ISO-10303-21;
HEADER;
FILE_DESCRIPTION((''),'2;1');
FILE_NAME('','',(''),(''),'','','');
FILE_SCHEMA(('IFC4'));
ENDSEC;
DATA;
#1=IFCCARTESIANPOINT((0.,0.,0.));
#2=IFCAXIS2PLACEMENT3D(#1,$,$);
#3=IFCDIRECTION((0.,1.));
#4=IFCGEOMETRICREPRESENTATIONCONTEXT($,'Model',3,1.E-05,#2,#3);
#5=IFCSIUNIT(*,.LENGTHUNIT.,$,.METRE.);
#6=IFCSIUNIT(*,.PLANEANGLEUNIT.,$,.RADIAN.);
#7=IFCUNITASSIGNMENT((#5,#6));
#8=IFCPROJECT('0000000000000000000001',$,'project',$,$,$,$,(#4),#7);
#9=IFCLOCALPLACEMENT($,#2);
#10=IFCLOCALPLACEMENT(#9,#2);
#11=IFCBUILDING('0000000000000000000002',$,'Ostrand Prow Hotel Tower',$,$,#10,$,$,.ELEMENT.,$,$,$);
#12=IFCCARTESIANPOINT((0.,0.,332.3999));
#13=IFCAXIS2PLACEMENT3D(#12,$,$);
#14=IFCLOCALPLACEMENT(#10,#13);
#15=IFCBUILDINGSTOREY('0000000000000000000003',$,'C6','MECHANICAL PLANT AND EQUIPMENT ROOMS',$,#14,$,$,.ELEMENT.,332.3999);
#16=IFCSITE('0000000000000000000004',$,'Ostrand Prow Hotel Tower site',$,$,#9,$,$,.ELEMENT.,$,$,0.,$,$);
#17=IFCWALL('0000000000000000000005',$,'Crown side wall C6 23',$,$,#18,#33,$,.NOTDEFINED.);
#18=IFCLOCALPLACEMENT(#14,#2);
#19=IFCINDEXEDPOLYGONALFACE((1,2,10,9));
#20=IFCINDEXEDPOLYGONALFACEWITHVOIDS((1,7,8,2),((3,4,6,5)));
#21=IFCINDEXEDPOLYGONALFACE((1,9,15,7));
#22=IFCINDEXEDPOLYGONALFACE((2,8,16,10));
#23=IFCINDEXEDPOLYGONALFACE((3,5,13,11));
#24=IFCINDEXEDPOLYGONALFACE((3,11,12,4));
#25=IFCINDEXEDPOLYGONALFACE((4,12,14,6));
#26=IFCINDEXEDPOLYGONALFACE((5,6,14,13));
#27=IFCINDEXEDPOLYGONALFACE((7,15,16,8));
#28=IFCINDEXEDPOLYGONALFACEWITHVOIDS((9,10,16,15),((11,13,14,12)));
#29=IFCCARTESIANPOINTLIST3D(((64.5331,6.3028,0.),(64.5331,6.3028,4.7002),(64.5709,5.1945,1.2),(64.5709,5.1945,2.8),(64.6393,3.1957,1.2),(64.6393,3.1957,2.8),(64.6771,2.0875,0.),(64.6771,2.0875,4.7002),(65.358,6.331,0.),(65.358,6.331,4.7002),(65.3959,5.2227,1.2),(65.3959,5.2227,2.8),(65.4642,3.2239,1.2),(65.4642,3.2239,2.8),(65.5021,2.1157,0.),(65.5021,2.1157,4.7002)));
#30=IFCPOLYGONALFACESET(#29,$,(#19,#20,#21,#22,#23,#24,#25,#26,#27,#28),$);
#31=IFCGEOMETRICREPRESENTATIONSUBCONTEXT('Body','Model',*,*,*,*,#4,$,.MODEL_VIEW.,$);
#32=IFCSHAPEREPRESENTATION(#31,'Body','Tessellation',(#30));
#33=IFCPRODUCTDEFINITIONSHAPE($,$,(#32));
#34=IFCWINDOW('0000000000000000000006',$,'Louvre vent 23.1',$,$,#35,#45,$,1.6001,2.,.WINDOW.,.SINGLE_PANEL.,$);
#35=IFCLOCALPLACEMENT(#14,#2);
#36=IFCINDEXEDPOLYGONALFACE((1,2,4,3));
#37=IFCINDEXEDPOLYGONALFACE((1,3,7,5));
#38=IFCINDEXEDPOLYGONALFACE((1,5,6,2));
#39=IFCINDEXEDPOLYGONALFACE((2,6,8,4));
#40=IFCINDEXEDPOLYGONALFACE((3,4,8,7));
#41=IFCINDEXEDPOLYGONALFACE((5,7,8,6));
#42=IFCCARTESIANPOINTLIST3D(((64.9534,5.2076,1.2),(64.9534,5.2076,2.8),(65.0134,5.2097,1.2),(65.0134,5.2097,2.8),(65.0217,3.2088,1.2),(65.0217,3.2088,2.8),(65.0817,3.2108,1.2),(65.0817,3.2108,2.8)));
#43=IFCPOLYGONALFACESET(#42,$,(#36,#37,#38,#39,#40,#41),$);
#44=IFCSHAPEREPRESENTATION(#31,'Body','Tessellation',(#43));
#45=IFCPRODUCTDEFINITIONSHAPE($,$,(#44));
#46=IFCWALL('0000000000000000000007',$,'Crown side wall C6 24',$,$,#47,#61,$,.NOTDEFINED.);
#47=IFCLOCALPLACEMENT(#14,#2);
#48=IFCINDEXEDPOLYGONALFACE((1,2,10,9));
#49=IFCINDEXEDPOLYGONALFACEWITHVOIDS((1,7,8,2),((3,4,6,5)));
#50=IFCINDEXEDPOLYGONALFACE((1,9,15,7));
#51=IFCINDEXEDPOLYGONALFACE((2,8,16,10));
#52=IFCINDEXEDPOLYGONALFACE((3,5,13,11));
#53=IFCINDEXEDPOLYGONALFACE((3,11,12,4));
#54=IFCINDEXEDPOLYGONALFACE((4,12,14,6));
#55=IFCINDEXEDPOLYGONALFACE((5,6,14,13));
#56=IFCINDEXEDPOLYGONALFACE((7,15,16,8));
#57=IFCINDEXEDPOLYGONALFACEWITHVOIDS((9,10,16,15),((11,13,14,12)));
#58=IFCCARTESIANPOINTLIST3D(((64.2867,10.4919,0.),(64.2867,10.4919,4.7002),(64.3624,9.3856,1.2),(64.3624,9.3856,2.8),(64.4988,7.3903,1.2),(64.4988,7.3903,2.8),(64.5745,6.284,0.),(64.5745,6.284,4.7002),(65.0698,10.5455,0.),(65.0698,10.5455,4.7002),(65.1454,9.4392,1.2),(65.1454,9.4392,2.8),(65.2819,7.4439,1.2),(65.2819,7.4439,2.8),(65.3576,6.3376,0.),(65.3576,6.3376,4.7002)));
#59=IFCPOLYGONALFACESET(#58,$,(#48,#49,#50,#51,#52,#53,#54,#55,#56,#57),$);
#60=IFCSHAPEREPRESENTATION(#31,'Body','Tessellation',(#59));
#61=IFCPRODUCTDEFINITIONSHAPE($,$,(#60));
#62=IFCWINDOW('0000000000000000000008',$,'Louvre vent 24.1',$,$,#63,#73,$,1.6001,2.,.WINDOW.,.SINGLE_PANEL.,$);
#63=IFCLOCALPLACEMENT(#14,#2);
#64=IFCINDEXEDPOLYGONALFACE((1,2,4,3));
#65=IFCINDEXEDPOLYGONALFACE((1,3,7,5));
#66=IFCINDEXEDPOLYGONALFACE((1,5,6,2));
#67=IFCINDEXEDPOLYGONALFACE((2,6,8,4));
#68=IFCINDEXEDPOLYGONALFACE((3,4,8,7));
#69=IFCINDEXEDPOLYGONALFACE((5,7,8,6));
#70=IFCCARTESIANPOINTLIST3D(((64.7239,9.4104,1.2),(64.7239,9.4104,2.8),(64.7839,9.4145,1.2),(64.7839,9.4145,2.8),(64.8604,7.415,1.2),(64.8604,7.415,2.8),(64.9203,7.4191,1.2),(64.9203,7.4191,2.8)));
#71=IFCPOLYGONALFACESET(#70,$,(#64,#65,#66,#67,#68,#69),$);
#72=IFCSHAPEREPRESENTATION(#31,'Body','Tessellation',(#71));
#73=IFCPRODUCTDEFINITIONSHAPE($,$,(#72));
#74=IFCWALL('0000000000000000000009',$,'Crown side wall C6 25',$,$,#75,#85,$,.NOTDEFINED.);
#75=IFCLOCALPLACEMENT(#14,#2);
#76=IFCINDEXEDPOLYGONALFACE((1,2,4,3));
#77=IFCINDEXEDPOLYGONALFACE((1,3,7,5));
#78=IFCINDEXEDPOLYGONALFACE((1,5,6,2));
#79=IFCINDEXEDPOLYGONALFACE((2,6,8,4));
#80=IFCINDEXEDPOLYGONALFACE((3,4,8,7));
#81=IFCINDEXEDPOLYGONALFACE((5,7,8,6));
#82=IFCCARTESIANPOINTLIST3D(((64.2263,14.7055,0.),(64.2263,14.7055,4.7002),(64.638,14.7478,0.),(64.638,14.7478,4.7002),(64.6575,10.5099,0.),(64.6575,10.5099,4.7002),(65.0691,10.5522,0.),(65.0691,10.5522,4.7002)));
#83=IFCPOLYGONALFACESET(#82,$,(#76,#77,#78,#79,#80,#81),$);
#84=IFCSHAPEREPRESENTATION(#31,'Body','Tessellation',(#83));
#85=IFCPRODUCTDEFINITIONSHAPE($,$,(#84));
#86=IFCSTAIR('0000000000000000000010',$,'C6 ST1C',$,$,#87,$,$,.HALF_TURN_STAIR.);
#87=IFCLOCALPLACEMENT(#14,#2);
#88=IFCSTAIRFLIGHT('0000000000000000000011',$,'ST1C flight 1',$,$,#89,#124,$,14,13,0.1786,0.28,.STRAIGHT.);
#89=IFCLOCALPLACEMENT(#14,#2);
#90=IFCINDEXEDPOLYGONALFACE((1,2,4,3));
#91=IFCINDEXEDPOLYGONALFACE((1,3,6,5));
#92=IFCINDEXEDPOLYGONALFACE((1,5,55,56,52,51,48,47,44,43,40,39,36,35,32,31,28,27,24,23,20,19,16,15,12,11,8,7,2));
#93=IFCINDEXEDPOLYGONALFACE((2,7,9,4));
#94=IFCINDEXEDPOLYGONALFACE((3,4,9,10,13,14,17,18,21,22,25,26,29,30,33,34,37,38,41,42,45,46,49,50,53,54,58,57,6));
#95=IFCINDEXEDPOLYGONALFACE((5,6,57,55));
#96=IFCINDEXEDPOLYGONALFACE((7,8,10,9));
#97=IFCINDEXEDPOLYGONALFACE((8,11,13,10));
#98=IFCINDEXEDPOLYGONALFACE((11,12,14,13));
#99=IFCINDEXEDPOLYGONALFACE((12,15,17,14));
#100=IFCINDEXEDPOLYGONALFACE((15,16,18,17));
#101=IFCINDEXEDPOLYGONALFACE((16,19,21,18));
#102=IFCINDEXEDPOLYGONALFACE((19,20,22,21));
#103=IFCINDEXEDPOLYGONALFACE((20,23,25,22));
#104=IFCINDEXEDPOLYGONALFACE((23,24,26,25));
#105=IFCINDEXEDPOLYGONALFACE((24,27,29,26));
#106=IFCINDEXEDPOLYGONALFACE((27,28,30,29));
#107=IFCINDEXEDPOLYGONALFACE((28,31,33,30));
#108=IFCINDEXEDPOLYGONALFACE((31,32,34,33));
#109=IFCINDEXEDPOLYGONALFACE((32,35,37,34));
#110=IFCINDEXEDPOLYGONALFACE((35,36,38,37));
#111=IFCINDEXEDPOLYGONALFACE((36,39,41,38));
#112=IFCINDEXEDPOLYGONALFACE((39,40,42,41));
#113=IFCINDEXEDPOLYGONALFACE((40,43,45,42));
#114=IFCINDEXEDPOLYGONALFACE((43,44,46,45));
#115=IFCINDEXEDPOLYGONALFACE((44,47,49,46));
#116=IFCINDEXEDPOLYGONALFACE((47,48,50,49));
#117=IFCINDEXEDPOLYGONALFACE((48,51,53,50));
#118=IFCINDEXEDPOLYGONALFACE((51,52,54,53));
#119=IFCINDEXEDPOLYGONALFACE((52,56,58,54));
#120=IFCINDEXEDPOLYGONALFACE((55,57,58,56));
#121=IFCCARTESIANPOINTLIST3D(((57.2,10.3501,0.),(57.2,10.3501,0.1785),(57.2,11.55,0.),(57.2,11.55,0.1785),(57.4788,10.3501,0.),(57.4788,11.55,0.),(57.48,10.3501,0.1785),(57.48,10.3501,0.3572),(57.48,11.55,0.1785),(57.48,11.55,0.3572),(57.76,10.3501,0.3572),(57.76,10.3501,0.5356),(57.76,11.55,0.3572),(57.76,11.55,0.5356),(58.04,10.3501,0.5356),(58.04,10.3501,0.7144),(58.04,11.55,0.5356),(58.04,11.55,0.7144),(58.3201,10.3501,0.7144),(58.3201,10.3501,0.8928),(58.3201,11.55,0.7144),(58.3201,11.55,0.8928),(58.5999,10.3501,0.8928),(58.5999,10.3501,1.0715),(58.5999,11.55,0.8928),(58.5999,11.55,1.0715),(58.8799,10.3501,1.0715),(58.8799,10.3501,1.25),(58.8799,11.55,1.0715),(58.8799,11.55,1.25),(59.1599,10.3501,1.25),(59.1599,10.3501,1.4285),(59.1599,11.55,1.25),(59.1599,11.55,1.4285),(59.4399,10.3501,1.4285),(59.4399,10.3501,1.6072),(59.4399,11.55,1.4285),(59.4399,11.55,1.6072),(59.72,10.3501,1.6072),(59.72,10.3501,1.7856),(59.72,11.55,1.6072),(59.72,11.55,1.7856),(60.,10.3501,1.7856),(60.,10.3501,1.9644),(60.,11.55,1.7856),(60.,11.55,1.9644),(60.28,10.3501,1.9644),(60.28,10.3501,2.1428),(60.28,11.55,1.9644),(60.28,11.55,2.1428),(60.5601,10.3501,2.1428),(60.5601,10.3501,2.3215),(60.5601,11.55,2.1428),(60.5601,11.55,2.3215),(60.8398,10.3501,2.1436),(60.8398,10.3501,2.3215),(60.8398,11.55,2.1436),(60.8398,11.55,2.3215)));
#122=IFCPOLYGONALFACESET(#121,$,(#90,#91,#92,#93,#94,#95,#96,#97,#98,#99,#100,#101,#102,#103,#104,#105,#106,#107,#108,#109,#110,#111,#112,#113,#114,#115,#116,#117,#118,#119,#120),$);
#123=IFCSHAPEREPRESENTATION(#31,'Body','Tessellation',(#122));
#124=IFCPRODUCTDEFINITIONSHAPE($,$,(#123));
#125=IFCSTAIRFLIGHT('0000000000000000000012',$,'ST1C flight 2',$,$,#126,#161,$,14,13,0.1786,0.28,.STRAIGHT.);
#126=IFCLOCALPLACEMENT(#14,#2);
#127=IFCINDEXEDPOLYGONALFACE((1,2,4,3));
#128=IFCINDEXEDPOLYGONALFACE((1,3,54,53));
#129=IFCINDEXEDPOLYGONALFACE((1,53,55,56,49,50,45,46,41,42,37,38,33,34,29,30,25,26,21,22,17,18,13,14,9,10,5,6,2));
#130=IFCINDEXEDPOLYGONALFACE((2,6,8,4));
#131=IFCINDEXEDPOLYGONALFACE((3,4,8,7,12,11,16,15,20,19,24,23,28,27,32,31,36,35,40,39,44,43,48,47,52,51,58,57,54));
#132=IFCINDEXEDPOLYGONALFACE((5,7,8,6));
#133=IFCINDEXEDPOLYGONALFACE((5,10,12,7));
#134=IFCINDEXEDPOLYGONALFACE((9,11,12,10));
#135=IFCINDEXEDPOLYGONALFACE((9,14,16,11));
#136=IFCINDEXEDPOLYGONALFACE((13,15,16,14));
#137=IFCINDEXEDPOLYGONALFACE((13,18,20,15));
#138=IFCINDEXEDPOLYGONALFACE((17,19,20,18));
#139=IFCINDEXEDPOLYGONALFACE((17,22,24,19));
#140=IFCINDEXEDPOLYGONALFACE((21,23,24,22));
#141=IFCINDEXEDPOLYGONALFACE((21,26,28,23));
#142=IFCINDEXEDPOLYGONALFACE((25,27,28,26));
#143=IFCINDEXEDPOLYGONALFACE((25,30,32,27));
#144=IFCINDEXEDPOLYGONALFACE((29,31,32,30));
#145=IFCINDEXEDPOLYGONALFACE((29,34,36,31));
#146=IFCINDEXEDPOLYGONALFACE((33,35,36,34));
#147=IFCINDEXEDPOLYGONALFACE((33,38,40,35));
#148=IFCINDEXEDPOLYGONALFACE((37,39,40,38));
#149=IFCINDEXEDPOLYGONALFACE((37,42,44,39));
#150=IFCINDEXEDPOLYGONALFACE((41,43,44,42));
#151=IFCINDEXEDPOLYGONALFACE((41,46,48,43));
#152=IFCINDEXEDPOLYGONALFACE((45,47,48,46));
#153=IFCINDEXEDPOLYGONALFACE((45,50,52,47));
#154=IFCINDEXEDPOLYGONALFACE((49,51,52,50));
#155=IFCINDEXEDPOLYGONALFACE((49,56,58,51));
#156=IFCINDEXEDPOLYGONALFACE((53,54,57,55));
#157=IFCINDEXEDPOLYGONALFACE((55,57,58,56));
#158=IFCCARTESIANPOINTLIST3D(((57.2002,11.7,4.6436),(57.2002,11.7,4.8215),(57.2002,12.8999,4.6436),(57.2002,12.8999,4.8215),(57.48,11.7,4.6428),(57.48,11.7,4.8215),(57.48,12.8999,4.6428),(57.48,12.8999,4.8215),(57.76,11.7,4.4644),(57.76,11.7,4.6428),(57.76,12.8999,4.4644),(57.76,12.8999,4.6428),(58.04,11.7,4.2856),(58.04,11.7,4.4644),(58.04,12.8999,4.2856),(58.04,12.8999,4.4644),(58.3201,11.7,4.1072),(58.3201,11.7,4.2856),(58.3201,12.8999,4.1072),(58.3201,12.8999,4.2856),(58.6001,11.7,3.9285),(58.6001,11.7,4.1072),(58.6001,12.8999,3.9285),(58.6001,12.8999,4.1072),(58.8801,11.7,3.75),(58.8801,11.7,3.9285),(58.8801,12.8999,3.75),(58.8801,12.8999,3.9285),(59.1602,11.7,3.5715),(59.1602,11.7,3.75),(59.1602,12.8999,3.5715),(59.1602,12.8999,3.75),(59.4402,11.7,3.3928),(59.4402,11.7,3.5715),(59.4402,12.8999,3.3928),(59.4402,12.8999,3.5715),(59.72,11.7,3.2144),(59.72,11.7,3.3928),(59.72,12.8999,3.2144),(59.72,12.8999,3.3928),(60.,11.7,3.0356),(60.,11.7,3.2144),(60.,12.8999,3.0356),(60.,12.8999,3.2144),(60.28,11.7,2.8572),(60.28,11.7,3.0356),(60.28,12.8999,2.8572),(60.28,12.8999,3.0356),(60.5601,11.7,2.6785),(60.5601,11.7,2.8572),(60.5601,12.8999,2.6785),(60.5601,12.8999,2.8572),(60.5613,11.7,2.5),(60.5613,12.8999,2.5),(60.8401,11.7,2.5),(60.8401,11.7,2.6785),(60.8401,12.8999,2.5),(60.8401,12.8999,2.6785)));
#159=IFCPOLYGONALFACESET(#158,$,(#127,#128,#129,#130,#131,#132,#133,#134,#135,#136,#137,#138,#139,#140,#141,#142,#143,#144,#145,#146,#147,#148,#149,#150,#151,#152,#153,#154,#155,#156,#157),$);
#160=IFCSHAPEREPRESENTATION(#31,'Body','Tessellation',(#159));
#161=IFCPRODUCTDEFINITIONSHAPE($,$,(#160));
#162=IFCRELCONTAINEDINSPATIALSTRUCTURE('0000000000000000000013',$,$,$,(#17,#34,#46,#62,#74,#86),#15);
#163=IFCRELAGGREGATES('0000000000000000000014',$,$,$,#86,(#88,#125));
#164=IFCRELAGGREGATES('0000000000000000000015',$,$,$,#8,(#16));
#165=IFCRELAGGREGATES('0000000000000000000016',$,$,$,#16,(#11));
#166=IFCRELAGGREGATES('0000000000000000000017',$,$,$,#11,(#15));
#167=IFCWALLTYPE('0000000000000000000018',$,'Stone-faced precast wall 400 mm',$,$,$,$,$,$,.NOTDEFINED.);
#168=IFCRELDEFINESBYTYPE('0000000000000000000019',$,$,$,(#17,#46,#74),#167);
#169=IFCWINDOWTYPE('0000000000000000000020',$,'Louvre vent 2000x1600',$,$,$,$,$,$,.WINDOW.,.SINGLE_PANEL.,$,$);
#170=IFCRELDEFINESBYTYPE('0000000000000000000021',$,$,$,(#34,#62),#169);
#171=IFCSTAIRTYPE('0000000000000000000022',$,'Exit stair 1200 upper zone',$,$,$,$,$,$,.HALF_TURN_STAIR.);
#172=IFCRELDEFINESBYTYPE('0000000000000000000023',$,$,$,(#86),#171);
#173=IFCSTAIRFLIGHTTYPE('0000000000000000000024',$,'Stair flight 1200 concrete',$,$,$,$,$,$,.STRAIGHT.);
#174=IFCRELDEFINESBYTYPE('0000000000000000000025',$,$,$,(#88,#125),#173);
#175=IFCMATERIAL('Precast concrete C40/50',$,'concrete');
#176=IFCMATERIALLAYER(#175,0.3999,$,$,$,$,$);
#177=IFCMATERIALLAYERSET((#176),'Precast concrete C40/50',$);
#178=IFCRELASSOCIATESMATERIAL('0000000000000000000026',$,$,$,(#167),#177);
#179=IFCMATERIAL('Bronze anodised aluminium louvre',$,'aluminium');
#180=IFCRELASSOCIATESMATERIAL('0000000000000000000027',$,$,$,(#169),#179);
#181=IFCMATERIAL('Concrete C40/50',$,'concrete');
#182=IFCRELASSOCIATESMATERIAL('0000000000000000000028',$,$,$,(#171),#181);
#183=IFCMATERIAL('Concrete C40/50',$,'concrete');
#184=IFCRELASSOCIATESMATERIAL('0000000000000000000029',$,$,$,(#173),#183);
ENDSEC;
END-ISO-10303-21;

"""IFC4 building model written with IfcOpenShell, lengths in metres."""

from ifc_helpers import new_model, si_unit, direction, frame, frame_2d, origin, place, context, subcontext, project, spatial, polyline, rectangle, outline, extrude, material, layer, layer_set, type_object, element, fill, aggregate, save


model = new_model("IFC4")

# Units and contexts
model_context = context("Model", 3, precision=1e-05, world=origin(), true_north=direction((0.0, 1.0)))
body_context = subcontext(model_context, "Body", "Model", "MODEL_VIEW")
ifc_project = project(units=[si_unit("LENGTHUNIT", "METRE"), si_unit("PLANEANGLEUNIT", "RADIAN")], contexts=[model_context])

# Site, building, storey
site_placement = place(None, origin())
site = spatial("IfcSite", under=ifc_project, at=site_placement, Name="Ostrand Prow Hotel Tower site", CompositionType="ELEMENT", RefElevation=0.0)
building_placement = place(site_placement, origin())
building = spatial("IfcBuilding", under=site, at=building_placement, Name="Ostrand Prow Hotel Tower", CompositionType="ELEMENT")
storey_placement = place(building_placement, frame((0.0, 0.0, 332.3999)))
storey = spatial("IfcBuildingStorey", under=building, at=storey_placement, Name="C6", Description="MECHANICAL PLANT AND EQUIPMENT ROOMS", CompositionType="ELEMENT", Elevation=332.3999)

# Walls, openings, windows
ifc_material_1 = material(Name="Precast concrete C40/50", Category="concrete")
ifc_layer_1 = layer(ifc_material_1, 0.3999)
ifc_layer_set_1 = layer_set([ifc_layer_1], Name="Precast concrete C40/50")
wall_type_1 = type_object("IfcWallType", Name="Stone-faced precast wall 400 mm", PredefinedType="NOTDEFINED", material=ifc_layer_set_1)
wall_1_placement = place(storey_placement, frame((65.0896, 2.1016, 0.0), z_axis=(0.0, 0.0, 1.0), x_axis=(-0.034151, 0.999417, 0.0)))
wall_1 = element("IfcWall", 1, at=wall_1_placement, inside=storey, type_object=wall_type_1, Name="Crown side wall C6 23", PredefinedType="NOTDEFINED", context=body_context, shape_type="SweptSolid", body=[
    extrude(rectangle(XDim=4.2178, YDim=0.8254, at=frame_2d((2.1089, 0.0))), origin(), (0.0, 0.0, 1.0), 4.7002),
])
opening_1_placement = place(wall_1_placement, frame((1.1089, 0.0, 1.2)))
opening_1 = element("IfcOpeningElement", 2, at=opening_1_placement, cuts=wall_1, PredefinedType="OPENING", context=body_context, shape_type="SweptSolid", body=[
    extrude(rectangle(XDim=2.0, YDim=1.6001, at=frame_2d((1.0, 0.8))), frame((0.0, 0.4226, 0.0), z_axis=(0.0, -1.0, 0.0), x_axis=(1.0, 0.0, 0.0)), (0.0, 0.0, 1.0), 0.8455),
])
ifc_material_2 = material(Name="Bronze anodised aluminium louvre", Category="aluminium")
window_type = type_object("IfcWindowType", Name="Louvre vent 2000x1600", PartitioningType="SINGLE_PANEL", PredefinedType="WINDOW", material=ifc_material_2)
window_1_placement = place(opening_1_placement, origin())
window_1 = element("IfcWindow", 3, at=window_1_placement, inside=storey, type_object=window_type, Name="Louvre vent 23.1", OverallHeight=1.6001, OverallWidth=2.0, PartitioningType="SINGLE_PANEL", PredefinedType="WINDOW", context=body_context, shape_type="SweptSolid", body=[
    extrude(rectangle(XDim=2.0, YDim=1.6001, at=frame_2d((1.0, 0.8))), frame((0.0, 0.03, 0.0), z_axis=(0.0, -1.0, 0.0), x_axis=(1.0, 0.0, 0.0)), (0.0, 0.0, 1.0), 0.0601),
])
fill(opening_1, window_1)
wall_2_placement = place(storey_placement, frame((64.9661, 6.3108, 0.0), z_axis=(0.0, 0.0, 1.0), x_axis=(-0.068244, 0.997669, 0.0)))
wall_2 = element("IfcWall", 4, at=wall_2_placement, inside=storey, type_object=wall_type_1, Name="Crown side wall C6 24", PredefinedType="NOTDEFINED", context=body_context, shape_type="SweptSolid", body=[
    extrude(rectangle(XDim=4.2178, YDim=0.7849, at=frame_2d((2.1089, 0.0))), origin(), (0.0, 0.0, 1.0), 4.7002),
])
opening_2_placement = place(wall_2_placement, frame((1.1089, 0.0, 1.2)))
opening_2 = element("IfcOpeningElement", 5, at=opening_2_placement, cuts=wall_2, PredefinedType="OPENING", context=body_context, shape_type="SweptSolid", body=[
    extrude(rectangle(XDim=2.0, YDim=1.6001, at=frame_2d((1.0, 0.8))), frame((0.0, 0.4023, 0.0), z_axis=(0.0, -1.0, 0.0), x_axis=(1.0, 0.0, 0.0)), (0.0, 0.0, 1.0), 0.8049),
])
window_2_placement = place(opening_2_placement, origin())
window_2 = element("IfcWindow", 6, at=window_2_placement, inside=storey, type_object=window_type, Name="Louvre vent 24.1", OverallHeight=1.6001, OverallWidth=2.0, PartitioningType="SINGLE_PANEL", PredefinedType="WINDOW", context=body_context, shape_type="SweptSolid", body=[
    extrude(rectangle(XDim=2.0, YDim=1.6001, at=frame_2d((1.0, 0.8))), frame((0.0, 0.03, 0.0), z_axis=(0.0, -1.0, 0.0), x_axis=(1.0, 0.0, 0.0)), (0.0, 0.0, 1.0), 0.0601),
])
fill(opening_2, window_2)

# Wall
wall_3_placement = place(storey_placement, frame((64.8633, 10.531, 0.0), z_axis=(0.0, 0.0, 1.0), x_axis=(-0.10222, 0.994762, 0.0)))
element("IfcWall", 7, at=wall_3_placement, inside=storey, type_object=wall_type_1, Name="Crown side wall C6 25", PredefinedType="NOTDEFINED", context=body_context, shape_type="SweptSolid", body=[
    extrude(rectangle(XDim=4.2178, YDim=0.4138, at=frame_2d((2.1089, 0.0))), origin(), (0.0, 0.0, 1.0), 4.7002),
])

# Stair, stair flights
ifc_material_3 = material(Name="Concrete C40/50", Category="concrete")
stair_type = type_object("IfcStairType", Name="Exit stair 1200 upper zone", PredefinedType="HALF_TURN_STAIR", material=ifc_material_3)
stair_placement = place(storey_placement, origin())
stair = element("IfcStair", 8, at=stair_placement, inside=storey, type_object=stair_type, Name="C6 ST1C", PredefinedType="HALF_TURN_STAIR")
ifc_material_4 = material(Name="Concrete C40/50", Category="concrete")
stair_flight_type = type_object("IfcStairFlightType", Name="Stair flight 1200 concrete", PredefinedType="STRAIGHT", material=ifc_material_4)
stair_flight_1_placement = place(storey_placement, frame((57.2, 10.95, 0.0), z_axis=(0.0, 0.0, 1.0), x_axis=(1.0, 0.0, 0.0)))
stair_flight_1 = element("IfcStairFlight", 9, at=stair_flight_1_placement, type_object=stair_flight_type, Name="ST1C flight 1", NumberOfRisers=14, NumberOfTreads=13, PredefinedType="STRAIGHT", RiserHeight=0.1786, TreadLength=0.28, context=body_context, shape_type="SweptSolid", body=[
    extrude(outline(polyline([(0.0, 0.0), (0.0, 0.1785), (0.28, 0.1785), (0.28, 0.3572), (0.5601, 0.3572), (0.5601, 0.5356), (0.8401, 0.5356), (0.8401, 0.7144), (1.1201, 0.7144), (1.1201, 0.8928), (1.3999, 0.8928), (1.3999, 1.0715), (1.6799, 1.0715), (1.6799, 1.25), (1.96, 1.25), (1.96, 1.4285), (2.24, 1.4285), (2.24, 1.6072), (2.52, 1.6072), (2.52, 1.7856), (2.8, 1.7856), (2.8, 1.9644), (3.0801, 1.9644), (3.0801, 2.1428), (3.3601, 2.1428), (3.3601, 2.3215), (3.6399, 2.3215), (3.6399, 2.5), (3.6399, 2.1436), (0.2788, 0.0), (0.0, 0.0)])), frame((0.0, 0.6001, 0.0), z_axis=(0.0, -1.0, 0.0), x_axis=(1.0, 0.0, 0.0)), (0.0, 0.0, 1.0), 1.2),
])
stair_flight_2_placement = place(storey_placement, frame((60.8401, 12.3, 2.5), z_axis=(0.0, 0.0, 1.0), x_axis=(-1.0, 0.0, 0.0)))
stair_flight_2 = element("IfcStairFlight", 10, at=stair_flight_2_placement, type_object=stair_flight_type, Name="ST1C flight 2", NumberOfRisers=14, NumberOfTreads=13, PredefinedType="STRAIGHT", RiserHeight=0.1786, TreadLength=0.28, context=body_context, shape_type="SweptSolid", body=[
    extrude(outline(polyline([(0.0, 0.0), (0.0, 0.1785), (0.28, 0.1785), (0.28, 0.3572), (0.5601, 0.3572), (0.5601, 0.5356), (0.8401, 0.5356), (0.8401, 0.7144), (1.1201, 0.7144), (1.1201, 0.8928), (1.3999, 0.8928), (1.3999, 1.0715), (1.6799, 1.0715), (1.6799, 1.25), (1.96, 1.25), (1.96, 1.4285), (2.24, 1.4285), (2.24, 1.6072), (2.52, 1.6072), (2.52, 1.7856), (2.8, 1.7856), (2.8, 1.9644), (3.0801, 1.9644), (3.0801, 2.1428), (3.3601, 2.1428), (3.3601, 2.3215), (3.6399, 2.3215), (3.6399, 2.5), (3.6399, 2.1436), (0.2788, 0.0), (0.0, 0.0)])), frame((0.0, 0.6001, 0.0), z_axis=(0.0, -1.0, 0.0), x_axis=(1.0, 0.0, 0.0)), (0.0, 0.0, 1.0), 1.2),
])
aggregate(stair, [stair_flight_1, stair_flight_2])

save(model, "model.ifc")
